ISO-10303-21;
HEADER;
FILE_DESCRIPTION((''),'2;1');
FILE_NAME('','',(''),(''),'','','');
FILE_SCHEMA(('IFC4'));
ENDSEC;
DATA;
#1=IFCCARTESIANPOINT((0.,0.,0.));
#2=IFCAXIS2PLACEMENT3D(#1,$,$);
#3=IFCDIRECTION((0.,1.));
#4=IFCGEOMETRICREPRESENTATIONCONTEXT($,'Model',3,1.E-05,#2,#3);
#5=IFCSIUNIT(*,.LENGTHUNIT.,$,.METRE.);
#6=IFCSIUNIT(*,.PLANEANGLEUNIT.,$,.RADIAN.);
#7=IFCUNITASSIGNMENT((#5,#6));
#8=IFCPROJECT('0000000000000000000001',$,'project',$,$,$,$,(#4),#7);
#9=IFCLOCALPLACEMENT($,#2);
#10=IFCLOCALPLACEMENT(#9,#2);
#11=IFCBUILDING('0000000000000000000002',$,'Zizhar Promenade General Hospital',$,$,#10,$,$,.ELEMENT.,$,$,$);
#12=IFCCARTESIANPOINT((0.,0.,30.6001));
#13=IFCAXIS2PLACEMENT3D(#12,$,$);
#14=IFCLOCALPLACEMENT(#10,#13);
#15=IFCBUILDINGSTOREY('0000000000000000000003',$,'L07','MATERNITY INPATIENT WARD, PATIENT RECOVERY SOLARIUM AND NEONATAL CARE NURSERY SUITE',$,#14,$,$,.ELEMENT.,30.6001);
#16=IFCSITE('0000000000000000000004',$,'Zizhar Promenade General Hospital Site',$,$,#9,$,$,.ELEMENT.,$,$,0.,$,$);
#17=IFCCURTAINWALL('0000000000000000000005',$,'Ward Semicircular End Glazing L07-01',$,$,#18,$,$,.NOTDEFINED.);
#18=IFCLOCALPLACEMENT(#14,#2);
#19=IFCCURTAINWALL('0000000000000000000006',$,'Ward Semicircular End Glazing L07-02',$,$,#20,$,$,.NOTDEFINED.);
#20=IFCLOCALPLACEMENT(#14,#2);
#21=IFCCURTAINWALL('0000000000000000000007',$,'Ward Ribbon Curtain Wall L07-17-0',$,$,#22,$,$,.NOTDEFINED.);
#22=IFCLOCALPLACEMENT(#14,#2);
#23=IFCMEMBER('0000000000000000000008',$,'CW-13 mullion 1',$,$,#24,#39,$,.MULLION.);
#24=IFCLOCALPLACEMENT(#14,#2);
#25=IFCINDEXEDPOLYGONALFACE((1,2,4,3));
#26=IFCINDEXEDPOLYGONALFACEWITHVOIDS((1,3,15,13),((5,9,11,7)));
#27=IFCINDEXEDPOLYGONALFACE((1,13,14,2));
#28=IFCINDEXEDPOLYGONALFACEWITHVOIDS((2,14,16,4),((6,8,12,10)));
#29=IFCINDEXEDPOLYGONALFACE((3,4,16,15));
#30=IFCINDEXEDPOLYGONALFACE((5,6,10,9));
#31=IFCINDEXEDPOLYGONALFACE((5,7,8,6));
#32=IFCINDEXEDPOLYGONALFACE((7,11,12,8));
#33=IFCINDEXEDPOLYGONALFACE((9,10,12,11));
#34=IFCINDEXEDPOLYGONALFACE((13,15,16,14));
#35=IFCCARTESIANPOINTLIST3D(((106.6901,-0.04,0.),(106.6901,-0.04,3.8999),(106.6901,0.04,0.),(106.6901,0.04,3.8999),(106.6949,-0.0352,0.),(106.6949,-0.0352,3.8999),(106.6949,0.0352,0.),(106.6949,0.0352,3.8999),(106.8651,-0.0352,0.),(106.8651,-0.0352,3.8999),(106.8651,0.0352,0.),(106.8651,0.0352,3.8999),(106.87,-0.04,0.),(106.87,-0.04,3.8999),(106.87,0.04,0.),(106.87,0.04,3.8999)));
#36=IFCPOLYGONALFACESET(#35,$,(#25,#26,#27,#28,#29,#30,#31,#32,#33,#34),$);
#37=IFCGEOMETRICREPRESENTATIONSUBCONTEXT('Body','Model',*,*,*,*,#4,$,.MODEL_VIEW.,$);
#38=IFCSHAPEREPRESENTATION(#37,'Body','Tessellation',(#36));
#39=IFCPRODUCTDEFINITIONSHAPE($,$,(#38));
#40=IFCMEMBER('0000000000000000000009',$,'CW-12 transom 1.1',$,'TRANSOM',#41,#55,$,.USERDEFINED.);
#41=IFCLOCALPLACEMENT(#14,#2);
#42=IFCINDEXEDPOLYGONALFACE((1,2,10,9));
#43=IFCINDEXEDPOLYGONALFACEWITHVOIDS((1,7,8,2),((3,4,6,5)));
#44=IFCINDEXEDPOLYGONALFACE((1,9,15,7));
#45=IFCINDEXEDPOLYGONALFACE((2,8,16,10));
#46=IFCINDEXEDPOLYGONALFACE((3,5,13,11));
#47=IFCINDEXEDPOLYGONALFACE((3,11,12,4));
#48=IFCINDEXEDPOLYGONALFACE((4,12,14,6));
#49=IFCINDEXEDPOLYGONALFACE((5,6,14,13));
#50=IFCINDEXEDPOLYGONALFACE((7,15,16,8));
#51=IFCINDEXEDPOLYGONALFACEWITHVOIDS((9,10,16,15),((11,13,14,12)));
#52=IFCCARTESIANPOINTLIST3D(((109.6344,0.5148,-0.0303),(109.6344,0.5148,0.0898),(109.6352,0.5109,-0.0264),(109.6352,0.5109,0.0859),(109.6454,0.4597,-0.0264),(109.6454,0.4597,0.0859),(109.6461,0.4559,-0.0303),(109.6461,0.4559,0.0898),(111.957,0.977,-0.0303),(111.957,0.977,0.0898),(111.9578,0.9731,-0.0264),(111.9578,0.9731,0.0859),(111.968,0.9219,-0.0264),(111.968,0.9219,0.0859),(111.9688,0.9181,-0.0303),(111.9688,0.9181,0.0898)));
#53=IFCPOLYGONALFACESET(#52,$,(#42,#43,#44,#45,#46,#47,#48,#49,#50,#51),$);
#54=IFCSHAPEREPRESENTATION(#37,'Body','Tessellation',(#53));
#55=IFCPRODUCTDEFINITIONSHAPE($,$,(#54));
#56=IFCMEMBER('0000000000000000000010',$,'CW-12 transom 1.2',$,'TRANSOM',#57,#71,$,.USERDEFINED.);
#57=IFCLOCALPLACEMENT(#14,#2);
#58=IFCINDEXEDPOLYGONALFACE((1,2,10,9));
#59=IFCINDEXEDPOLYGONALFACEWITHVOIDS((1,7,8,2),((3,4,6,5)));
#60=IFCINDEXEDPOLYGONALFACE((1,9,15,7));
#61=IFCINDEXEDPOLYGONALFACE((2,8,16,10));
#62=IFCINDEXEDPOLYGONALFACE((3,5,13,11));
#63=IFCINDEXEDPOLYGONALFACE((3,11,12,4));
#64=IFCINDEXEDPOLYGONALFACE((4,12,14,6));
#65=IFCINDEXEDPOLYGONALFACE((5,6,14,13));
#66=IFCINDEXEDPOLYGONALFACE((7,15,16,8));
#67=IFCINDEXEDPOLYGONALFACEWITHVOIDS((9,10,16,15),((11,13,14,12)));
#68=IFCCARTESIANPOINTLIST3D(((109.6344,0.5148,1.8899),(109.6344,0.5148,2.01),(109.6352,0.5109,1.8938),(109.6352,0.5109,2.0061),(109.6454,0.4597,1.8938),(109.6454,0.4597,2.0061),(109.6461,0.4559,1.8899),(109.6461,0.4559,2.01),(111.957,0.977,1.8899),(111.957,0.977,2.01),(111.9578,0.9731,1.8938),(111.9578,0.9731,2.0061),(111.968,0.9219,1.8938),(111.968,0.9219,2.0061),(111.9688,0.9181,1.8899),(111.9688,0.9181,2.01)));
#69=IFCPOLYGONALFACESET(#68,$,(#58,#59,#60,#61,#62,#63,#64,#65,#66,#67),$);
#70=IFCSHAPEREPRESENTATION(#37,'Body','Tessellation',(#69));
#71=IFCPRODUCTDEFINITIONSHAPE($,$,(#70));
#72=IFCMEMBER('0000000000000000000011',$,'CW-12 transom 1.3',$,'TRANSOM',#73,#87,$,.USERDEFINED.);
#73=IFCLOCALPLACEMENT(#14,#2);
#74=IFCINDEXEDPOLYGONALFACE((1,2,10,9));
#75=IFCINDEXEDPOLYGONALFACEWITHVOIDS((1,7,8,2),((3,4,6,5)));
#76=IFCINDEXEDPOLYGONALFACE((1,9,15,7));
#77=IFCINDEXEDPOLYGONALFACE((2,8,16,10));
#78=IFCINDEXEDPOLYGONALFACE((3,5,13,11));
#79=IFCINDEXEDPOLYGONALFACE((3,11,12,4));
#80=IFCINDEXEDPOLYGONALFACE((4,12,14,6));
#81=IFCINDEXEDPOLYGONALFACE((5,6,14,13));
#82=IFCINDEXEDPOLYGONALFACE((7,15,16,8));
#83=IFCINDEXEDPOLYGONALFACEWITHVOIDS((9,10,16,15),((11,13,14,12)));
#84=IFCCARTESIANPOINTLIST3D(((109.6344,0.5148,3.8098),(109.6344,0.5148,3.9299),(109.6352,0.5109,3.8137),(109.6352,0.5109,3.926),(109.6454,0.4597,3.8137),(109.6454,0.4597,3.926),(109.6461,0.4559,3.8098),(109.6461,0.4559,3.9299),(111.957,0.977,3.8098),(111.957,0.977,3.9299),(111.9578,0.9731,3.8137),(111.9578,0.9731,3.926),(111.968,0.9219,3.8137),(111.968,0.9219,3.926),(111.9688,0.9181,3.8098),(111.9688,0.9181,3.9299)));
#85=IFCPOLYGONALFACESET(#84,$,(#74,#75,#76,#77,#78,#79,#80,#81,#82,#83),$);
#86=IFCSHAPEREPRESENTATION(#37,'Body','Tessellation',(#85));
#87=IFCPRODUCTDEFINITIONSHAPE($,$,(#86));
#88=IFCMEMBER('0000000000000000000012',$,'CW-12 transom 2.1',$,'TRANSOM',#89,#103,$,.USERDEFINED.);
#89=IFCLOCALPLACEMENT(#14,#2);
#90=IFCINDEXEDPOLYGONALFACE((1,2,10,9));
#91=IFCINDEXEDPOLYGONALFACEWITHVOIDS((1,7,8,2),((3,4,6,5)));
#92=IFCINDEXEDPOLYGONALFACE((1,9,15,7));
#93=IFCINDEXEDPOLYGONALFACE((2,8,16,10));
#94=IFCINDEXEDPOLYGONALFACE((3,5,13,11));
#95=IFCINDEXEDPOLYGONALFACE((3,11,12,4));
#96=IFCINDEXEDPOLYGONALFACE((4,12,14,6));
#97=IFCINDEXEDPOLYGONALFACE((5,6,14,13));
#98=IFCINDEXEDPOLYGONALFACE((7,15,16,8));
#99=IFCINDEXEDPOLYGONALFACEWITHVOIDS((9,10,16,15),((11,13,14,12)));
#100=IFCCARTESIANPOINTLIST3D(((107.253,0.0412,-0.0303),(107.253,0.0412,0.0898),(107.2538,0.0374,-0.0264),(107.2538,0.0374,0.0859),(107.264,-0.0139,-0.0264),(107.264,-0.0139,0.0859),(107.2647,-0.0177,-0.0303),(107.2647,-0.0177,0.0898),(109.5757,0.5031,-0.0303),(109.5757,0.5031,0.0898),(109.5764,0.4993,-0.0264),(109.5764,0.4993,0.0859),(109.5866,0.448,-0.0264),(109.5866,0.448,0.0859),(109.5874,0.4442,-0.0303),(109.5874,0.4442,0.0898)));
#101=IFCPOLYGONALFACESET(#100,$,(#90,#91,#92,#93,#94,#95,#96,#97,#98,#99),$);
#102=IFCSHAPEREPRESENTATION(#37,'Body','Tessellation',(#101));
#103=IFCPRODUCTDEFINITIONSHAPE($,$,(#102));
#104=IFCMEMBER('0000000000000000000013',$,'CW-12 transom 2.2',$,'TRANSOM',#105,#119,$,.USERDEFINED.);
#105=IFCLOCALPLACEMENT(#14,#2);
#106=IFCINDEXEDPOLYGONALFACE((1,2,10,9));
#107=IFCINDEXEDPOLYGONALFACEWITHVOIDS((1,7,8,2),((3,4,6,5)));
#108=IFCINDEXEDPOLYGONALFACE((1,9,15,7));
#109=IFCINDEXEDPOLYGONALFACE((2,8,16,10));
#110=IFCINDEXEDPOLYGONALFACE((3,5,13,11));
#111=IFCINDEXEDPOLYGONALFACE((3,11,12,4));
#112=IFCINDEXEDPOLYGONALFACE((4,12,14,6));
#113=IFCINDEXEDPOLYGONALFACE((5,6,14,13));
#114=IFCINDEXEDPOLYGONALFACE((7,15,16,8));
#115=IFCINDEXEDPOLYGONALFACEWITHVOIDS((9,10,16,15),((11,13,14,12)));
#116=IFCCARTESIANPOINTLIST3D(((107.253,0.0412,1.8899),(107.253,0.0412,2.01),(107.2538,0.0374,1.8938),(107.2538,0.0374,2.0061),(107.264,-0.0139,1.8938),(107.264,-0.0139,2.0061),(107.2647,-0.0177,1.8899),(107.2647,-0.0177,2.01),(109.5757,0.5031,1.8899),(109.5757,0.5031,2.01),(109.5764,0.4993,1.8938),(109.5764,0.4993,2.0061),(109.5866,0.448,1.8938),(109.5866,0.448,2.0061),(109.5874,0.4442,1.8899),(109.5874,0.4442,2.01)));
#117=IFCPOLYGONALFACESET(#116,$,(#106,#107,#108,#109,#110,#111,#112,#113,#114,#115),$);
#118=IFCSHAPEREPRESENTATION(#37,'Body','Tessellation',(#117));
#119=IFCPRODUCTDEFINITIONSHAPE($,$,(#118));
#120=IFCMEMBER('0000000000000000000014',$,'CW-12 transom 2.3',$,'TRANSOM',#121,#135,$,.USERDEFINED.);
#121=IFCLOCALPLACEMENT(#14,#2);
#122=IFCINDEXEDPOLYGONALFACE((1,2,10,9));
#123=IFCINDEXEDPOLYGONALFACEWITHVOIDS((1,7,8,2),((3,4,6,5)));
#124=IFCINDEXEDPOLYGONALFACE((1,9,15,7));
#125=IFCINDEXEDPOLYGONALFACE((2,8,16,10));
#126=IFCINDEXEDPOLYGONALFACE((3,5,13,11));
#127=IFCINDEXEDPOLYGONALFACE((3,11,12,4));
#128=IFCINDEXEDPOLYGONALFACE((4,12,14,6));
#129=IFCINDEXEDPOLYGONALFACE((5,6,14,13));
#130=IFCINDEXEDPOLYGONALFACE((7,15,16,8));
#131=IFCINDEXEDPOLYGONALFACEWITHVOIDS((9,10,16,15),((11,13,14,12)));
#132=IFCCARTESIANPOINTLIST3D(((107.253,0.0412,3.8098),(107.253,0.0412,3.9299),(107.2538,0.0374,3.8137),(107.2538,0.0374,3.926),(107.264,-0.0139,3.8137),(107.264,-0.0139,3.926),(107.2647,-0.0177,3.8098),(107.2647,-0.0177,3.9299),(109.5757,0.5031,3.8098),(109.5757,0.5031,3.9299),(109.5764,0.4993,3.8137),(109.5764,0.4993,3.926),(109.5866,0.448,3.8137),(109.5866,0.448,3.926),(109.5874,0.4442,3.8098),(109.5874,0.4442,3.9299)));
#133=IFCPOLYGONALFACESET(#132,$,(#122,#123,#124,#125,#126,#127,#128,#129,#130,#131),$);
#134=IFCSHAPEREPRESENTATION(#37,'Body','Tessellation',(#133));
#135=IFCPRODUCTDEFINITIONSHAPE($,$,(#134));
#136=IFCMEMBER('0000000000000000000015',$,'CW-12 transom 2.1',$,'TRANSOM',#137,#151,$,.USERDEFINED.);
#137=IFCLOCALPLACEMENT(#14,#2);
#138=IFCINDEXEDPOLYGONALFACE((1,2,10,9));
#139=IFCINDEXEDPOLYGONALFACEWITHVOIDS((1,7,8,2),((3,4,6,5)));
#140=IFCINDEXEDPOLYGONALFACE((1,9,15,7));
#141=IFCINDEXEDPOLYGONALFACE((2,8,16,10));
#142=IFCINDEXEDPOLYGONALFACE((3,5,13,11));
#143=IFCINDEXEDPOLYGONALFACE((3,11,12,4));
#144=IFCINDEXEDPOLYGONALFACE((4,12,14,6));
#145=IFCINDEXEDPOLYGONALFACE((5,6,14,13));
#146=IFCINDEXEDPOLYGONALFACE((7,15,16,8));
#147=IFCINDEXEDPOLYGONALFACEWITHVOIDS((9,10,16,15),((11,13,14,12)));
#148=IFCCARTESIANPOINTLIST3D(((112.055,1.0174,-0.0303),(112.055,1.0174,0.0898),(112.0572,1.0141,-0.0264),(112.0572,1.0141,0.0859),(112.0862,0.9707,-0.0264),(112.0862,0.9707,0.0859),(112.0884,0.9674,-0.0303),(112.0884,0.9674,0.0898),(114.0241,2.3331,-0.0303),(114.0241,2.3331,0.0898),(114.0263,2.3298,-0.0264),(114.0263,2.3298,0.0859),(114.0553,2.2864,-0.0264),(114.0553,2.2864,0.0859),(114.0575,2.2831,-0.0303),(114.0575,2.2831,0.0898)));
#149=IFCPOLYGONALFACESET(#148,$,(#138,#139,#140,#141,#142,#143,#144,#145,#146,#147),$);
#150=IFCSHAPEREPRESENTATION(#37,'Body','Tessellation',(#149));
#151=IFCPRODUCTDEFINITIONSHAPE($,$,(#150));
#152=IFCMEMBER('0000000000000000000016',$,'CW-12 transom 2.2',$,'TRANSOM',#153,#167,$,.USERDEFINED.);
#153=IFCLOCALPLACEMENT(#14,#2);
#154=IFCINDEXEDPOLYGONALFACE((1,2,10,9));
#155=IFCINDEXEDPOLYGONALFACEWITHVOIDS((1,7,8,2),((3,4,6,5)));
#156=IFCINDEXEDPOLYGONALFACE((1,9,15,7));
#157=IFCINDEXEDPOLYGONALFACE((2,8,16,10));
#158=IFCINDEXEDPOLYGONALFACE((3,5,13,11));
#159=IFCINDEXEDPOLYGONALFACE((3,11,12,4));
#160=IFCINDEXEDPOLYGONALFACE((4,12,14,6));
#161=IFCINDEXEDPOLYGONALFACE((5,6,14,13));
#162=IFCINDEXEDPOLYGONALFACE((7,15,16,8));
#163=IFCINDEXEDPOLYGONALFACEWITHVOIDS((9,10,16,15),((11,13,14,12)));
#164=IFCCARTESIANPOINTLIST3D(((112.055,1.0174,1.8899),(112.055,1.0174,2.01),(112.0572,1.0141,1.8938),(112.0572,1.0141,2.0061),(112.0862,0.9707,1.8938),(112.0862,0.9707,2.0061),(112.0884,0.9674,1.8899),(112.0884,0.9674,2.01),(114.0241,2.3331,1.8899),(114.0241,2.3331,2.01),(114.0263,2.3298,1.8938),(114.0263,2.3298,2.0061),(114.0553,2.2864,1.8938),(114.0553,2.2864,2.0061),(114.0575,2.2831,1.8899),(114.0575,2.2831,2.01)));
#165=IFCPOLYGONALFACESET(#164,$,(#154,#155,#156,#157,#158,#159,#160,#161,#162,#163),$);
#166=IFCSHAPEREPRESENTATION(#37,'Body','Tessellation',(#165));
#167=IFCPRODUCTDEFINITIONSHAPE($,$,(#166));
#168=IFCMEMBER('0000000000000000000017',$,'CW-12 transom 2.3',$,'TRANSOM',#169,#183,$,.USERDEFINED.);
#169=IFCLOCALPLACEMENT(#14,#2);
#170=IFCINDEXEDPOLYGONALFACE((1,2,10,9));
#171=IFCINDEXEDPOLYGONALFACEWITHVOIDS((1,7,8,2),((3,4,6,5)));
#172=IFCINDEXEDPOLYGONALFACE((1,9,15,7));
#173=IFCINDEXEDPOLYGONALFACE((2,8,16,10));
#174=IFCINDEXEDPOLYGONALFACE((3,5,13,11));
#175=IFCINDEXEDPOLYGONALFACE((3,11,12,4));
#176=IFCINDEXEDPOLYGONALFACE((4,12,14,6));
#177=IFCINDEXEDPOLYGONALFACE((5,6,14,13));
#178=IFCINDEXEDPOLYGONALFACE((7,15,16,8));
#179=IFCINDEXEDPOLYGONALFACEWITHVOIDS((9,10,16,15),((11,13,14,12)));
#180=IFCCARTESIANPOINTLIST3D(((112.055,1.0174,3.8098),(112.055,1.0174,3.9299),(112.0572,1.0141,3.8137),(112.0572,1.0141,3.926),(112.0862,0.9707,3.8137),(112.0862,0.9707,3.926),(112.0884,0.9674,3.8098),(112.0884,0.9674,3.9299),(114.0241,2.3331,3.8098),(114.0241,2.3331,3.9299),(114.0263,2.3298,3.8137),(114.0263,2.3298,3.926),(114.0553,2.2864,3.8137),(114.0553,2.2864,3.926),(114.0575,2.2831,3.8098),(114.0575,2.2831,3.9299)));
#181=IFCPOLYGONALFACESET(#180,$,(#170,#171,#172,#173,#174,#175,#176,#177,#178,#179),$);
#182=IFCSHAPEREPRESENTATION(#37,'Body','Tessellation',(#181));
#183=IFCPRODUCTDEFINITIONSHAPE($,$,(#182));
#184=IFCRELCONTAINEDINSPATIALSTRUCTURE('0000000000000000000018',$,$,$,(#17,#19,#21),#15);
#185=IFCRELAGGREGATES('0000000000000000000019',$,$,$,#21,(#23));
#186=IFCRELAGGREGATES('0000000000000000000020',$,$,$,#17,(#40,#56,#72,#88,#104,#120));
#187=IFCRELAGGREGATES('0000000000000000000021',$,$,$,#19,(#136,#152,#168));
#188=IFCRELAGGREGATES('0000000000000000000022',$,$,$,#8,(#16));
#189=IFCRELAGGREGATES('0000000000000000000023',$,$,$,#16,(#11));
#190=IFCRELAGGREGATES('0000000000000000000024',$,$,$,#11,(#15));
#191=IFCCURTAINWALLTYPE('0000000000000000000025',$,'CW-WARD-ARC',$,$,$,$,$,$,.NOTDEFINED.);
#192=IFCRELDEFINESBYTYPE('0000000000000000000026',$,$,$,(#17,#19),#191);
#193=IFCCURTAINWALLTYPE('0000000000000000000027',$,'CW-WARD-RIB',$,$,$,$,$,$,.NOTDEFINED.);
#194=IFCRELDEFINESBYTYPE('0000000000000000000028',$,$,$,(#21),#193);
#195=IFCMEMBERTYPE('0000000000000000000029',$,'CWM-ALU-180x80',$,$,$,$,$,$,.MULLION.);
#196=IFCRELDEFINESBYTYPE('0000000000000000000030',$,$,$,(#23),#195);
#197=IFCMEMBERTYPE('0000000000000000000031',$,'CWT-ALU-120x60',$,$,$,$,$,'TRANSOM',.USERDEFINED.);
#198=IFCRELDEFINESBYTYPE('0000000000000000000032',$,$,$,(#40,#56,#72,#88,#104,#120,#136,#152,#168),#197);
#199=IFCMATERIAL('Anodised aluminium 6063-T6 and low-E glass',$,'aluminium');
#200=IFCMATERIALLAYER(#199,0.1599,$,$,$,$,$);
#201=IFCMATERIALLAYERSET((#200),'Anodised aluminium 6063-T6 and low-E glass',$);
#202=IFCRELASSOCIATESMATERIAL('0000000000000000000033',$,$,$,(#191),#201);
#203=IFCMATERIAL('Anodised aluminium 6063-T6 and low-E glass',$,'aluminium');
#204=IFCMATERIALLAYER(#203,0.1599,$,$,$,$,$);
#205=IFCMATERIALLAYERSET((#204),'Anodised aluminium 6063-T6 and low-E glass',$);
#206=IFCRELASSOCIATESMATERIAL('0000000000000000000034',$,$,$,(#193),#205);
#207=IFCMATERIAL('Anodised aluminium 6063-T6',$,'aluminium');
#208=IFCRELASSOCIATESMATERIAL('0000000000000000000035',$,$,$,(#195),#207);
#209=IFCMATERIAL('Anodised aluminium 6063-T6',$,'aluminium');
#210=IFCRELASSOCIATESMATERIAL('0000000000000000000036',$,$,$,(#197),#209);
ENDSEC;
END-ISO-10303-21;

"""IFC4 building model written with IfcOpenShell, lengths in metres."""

from ifc_helpers import new_model, si_unit, direction, frame, origin, origin_2d, place, context, subcontext, project, spatial, hollow_rectangle, extrude, material, layer, layer_set, material_profile, profile_set, type_object, element, aggregate, save


model = new_model("IFC4")

# Units and contexts
model_context = context("Model", 3, precision=1e-05, world=origin(), true_north=direction((0.0, 1.0)))
body_context = subcontext(model_context, "Body", "Model", "MODEL_VIEW")
ifc_project = project(units=[si_unit("LENGTHUNIT", "METRE"), si_unit("PLANEANGLEUNIT", "RADIAN")], contexts=[model_context])

# Site, building, storey
site_placement = place(None, origin())
site = spatial("IfcSite", under=ifc_project, at=site_placement, Name="Zizhar Promenade General Hospital Site", CompositionType="ELEMENT", RefElevation=0.0)
building_placement = place(site_placement, origin())
building = spatial("IfcBuilding", under=site, at=building_placement, Name="Zizhar Promenade General Hospital", CompositionType="ELEMENT")
storey_placement = place(building_placement, frame((0.0, 0.0, 30.6001)))
storey = spatial("IfcBuildingStorey", under=building, at=storey_placement, Name="L07", Description="MATERNITY INPATIENT WARD, PATIENT RECOVERY SOLARIUM AND NEONATAL CARE NURSERY SUITE", CompositionType="ELEMENT", Elevation=30.6001)

# Curtain wall
ifc_material_1 = material(Name="Anodised aluminium 6063-T6 and low-E glass", Category="aluminium")
ifc_layer_1 = layer(ifc_material_1, 0.1599)
ifc_layer_set_1 = layer_set([ifc_layer_1], Name="Anodised aluminium 6063-T6 and low-E glass")
curtain_wall_type_1 = type_object("IfcCurtainWallType", Name="CW-WARD-ARC", PredefinedType="NOTDEFINED", material=ifc_layer_set_1)
curtain_wall_1_placement = place(storey_placement, origin())
curtain_wall_1 = element("IfcCurtainWall", 1, at=curtain_wall_1_placement, inside=storey, type_object=curtain_wall_type_1, Name="Ward Semicircular End Glazing L07-01", PredefinedType="NOTDEFINED")

# Curtain walls, member
curtain_wall_2_placement = place(storey_placement, origin())
curtain_wall_2 = element("IfcCurtainWall", 2, at=curtain_wall_2_placement, inside=storey, type_object=curtain_wall_type_1, Name="Ward Semicircular End Glazing L07-02", PredefinedType="NOTDEFINED")
ifc_material_2 = material(Name="Anodised aluminium 6063-T6 and low-E glass", Category="aluminium")
ifc_layer_2 = layer(ifc_material_2, 0.1599)
ifc_layer_set_2 = layer_set([ifc_layer_2], Name="Anodised aluminium 6063-T6 and low-E glass")
curtain_wall_type_2 = type_object("IfcCurtainWallType", Name="CW-WARD-RIB", PredefinedType="NOTDEFINED", material=ifc_layer_set_2)
curtain_wall_3_placement = place(storey_placement, origin())
curtain_wall_3 = element("IfcCurtainWall", 3, at=curtain_wall_3_placement, inside=storey, type_object=curtain_wall_type_2, Name="Ward Ribbon Curtain Wall L07-17-0", PredefinedType="NOTDEFINED")
ifc_material_3 = material(Name="Anodised aluminium 6063-T6", Category="aluminium")
ifc_material_profile_1 = material_profile(ifc_material_3, hollow_rectangle(XDim=0.0801, YDim=0.1799, WallThickness=0.0049, at=origin_2d()))
ifc_profile_set_1 = profile_set([ifc_material_profile_1], Name="Anodised aluminium 6063-T6")
member_type_1 = type_object("IfcMemberType", Name="CWM-ALU-180x80", PredefinedType="MULLION", material=ifc_profile_set_1)
member_1_placement = place(storey_placement, frame((106.78, 0.0, 0.0), z_axis=(0.0, 0.0, 1.0), x_axis=(0.0, -1.0, 0.0)))
member_1 = element("IfcMember", 4, at=member_1_placement, type_object=member_type_1, Name="CW-13 mullion 1", PredefinedType="MULLION", context=body_context, shape_type="SweptSolid", body=[
    extrude(hollow_rectangle(XDim=0.0801, YDim=0.1799, WallThickness=0.0049, at=origin_2d()), origin(), (0.0, 0.0, 1.0), 3.8999),
])

# Members
ifc_material_4 = material(Name="Anodised aluminium 6063-T6", Category="aluminium")
ifc_material_profile_2 = material_profile(ifc_material_4, hollow_rectangle(XDim=0.0601, YDim=0.1201, WallThickness=0.0039, at=origin_2d()))
ifc_profile_set_2 = profile_set([ifc_material_profile_2], Name="Anodised aluminium 6063-T6")
member_type_2 = type_object("IfcMemberType", Name="CWT-ALU-120x60", ElementType="TRANSOM", PredefinedType="USERDEFINED", material=ifc_profile_set_2)
member_2_placement = place(storey_placement, frame((111.9629, 0.9475, 0.0298), z_axis=(-0.980771, -0.195164, 0.0), x_axis=(0.195164, -0.980771, 0.0)))
member_2 = element("IfcMember", 5, at=member_2_placement, type_object=member_type_2, Name="CW-12 transom 1.1", ObjectType="TRANSOM", PredefinedType="USERDEFINED", context=body_context, shape_type="SweptSolid", body=[
    extrude(hollow_rectangle(XDim=0.0601, YDim=0.1201, WallThickness=0.0039, at=origin_2d()), origin(), (0.0, 0.0, 1.0), 2.3682),
])
member_3_placement = place(storey_placement, frame((111.9629, 0.9475, 1.95), z_axis=(-0.980771, -0.195164, 0.0), x_axis=(0.195164, -0.980771, 0.0)))
member_3 = element("IfcMember", 6, at=member_3_placement, type_object=member_type_2, Name="CW-12 transom 1.2", ObjectType="TRANSOM", PredefinedType="USERDEFINED", context=body_context, shape_type="SweptSolid", body=[
    extrude(hollow_rectangle(XDim=0.0601, YDim=0.1201, WallThickness=0.0039, at=origin_2d()), origin(), (0.0, 0.0, 1.0), 2.3682),
])
member_4_placement = place(storey_placement, frame((111.9629, 0.9475, 3.8699), z_axis=(-0.980771, -0.195164, 0.0), x_axis=(0.195164, -0.980771, 0.0)))
member_4 = element("IfcMember", 7, at=member_4_placement, type_object=member_type_2, Name="CW-12 transom 1.3", ObjectType="TRANSOM", PredefinedType="USERDEFINED", context=body_context, shape_type="SweptSolid", body=[
    extrude(hollow_rectangle(XDim=0.0601, YDim=0.1201, WallThickness=0.0039, at=origin_2d()), origin(), (0.0, 0.0, 1.0), 2.3682),
])
member_5_placement = place(storey_placement, frame((109.5815, 0.4736, 0.0298), z_axis=(-0.980794, -0.195045, 0.0), x_axis=(0.195045, -0.980794, 0.0)))
member_5 = element("IfcMember", 8, at=member_5_placement, type_object=member_type_2, Name="CW-12 transom 2.1", ObjectType="TRANSOM", PredefinedType="USERDEFINED", context=body_context, shape_type="SweptSolid", body=[
    extrude(hollow_rectangle(XDim=0.0601, YDim=0.1201, WallThickness=0.0039, at=origin_2d()), origin(), (0.0, 0.0, 1.0), 2.3682),
])
member_6_placement = place(storey_placement, frame((109.5815, 0.4736, 1.95), z_axis=(-0.980794, -0.195045, 0.0), x_axis=(0.195045, -0.980794, 0.0)))
member_6 = element("IfcMember", 9, at=member_6_placement, type_object=member_type_2, Name="CW-12 transom 2.2", ObjectType="TRANSOM", PredefinedType="USERDEFINED", context=body_context, shape_type="SweptSolid", body=[
    extrude(hollow_rectangle(XDim=0.0601, YDim=0.1201, WallThickness=0.0039, at=origin_2d()), origin(), (0.0, 0.0, 1.0), 2.3682),
])
member_7_placement = place(storey_placement, frame((109.5815, 0.4736, 3.8699), z_axis=(-0.980794, -0.195045, 0.0), x_axis=(0.195045, -0.980794, 0.0)))
member_7 = element("IfcMember", 10, at=member_7_placement, type_object=member_type_2, Name="CW-12 transom 2.3", ObjectType="TRANSOM", PredefinedType="USERDEFINED", context=body_context, shape_type="SweptSolid", body=[
    extrude(hollow_rectangle(XDim=0.0601, YDim=0.1201, WallThickness=0.0039, at=origin_2d()), origin(), (0.0, 0.0, 1.0), 2.3682),
])
member_8_placement = place(storey_placement, frame((114.0408, 2.3081, 0.0298), z_axis=(-0.831463, -0.55558, 0.0), x_axis=(0.55558, -0.831463, 0.0)))
member_8 = element("IfcMember", 11, at=member_8_placement, type_object=member_type_2, Name="CW-12 transom 2.1", ObjectType="TRANSOM", PredefinedType="USERDEFINED", context=body_context, shape_type="SweptSolid", body=[
    extrude(hollow_rectangle(XDim=0.0601, YDim=0.1201, WallThickness=0.0039, at=origin_2d()), origin(), (0.0, 0.0, 1.0), 2.3682),
])
member_9_placement = place(storey_placement, frame((114.0408, 2.3081, 1.95), z_axis=(-0.831463, -0.55558, 0.0), x_axis=(0.55558, -0.831463, 0.0)))
member_9 = element("IfcMember", 12, at=member_9_placement, type_object=member_type_2, Name="CW-12 transom 2.2", ObjectType="TRANSOM", PredefinedType="USERDEFINED", context=body_context, shape_type="SweptSolid", body=[
    extrude(hollow_rectangle(XDim=0.0601, YDim=0.1201, WallThickness=0.0039, at=origin_2d()), origin(), (0.0, 0.0, 1.0), 2.3682),
])
member_10_placement = place(storey_placement, frame((114.0408, 2.3081, 3.8699), z_axis=(-0.831463, -0.55558, 0.0), x_axis=(0.55558, -0.831463, 0.0)))
member_10 = element("IfcMember", 13, at=member_10_placement, type_object=member_type_2, Name="CW-12 transom 2.3", ObjectType="TRANSOM", PredefinedType="USERDEFINED", context=body_context, shape_type="SweptSolid", body=[
    extrude(hollow_rectangle(XDim=0.0601, YDim=0.1201, WallThickness=0.0039, at=origin_2d()), origin(), (0.0, 0.0, 1.0), 2.3682),
])
aggregate(curtain_wall_3, [member_1])

aggregate(curtain_wall_1, [member_2, member_3, member_4, member_5, member_6, member_7])
aggregate(curtain_wall_2, [member_8, member_9, member_10])

save(model, "model.ifc")
